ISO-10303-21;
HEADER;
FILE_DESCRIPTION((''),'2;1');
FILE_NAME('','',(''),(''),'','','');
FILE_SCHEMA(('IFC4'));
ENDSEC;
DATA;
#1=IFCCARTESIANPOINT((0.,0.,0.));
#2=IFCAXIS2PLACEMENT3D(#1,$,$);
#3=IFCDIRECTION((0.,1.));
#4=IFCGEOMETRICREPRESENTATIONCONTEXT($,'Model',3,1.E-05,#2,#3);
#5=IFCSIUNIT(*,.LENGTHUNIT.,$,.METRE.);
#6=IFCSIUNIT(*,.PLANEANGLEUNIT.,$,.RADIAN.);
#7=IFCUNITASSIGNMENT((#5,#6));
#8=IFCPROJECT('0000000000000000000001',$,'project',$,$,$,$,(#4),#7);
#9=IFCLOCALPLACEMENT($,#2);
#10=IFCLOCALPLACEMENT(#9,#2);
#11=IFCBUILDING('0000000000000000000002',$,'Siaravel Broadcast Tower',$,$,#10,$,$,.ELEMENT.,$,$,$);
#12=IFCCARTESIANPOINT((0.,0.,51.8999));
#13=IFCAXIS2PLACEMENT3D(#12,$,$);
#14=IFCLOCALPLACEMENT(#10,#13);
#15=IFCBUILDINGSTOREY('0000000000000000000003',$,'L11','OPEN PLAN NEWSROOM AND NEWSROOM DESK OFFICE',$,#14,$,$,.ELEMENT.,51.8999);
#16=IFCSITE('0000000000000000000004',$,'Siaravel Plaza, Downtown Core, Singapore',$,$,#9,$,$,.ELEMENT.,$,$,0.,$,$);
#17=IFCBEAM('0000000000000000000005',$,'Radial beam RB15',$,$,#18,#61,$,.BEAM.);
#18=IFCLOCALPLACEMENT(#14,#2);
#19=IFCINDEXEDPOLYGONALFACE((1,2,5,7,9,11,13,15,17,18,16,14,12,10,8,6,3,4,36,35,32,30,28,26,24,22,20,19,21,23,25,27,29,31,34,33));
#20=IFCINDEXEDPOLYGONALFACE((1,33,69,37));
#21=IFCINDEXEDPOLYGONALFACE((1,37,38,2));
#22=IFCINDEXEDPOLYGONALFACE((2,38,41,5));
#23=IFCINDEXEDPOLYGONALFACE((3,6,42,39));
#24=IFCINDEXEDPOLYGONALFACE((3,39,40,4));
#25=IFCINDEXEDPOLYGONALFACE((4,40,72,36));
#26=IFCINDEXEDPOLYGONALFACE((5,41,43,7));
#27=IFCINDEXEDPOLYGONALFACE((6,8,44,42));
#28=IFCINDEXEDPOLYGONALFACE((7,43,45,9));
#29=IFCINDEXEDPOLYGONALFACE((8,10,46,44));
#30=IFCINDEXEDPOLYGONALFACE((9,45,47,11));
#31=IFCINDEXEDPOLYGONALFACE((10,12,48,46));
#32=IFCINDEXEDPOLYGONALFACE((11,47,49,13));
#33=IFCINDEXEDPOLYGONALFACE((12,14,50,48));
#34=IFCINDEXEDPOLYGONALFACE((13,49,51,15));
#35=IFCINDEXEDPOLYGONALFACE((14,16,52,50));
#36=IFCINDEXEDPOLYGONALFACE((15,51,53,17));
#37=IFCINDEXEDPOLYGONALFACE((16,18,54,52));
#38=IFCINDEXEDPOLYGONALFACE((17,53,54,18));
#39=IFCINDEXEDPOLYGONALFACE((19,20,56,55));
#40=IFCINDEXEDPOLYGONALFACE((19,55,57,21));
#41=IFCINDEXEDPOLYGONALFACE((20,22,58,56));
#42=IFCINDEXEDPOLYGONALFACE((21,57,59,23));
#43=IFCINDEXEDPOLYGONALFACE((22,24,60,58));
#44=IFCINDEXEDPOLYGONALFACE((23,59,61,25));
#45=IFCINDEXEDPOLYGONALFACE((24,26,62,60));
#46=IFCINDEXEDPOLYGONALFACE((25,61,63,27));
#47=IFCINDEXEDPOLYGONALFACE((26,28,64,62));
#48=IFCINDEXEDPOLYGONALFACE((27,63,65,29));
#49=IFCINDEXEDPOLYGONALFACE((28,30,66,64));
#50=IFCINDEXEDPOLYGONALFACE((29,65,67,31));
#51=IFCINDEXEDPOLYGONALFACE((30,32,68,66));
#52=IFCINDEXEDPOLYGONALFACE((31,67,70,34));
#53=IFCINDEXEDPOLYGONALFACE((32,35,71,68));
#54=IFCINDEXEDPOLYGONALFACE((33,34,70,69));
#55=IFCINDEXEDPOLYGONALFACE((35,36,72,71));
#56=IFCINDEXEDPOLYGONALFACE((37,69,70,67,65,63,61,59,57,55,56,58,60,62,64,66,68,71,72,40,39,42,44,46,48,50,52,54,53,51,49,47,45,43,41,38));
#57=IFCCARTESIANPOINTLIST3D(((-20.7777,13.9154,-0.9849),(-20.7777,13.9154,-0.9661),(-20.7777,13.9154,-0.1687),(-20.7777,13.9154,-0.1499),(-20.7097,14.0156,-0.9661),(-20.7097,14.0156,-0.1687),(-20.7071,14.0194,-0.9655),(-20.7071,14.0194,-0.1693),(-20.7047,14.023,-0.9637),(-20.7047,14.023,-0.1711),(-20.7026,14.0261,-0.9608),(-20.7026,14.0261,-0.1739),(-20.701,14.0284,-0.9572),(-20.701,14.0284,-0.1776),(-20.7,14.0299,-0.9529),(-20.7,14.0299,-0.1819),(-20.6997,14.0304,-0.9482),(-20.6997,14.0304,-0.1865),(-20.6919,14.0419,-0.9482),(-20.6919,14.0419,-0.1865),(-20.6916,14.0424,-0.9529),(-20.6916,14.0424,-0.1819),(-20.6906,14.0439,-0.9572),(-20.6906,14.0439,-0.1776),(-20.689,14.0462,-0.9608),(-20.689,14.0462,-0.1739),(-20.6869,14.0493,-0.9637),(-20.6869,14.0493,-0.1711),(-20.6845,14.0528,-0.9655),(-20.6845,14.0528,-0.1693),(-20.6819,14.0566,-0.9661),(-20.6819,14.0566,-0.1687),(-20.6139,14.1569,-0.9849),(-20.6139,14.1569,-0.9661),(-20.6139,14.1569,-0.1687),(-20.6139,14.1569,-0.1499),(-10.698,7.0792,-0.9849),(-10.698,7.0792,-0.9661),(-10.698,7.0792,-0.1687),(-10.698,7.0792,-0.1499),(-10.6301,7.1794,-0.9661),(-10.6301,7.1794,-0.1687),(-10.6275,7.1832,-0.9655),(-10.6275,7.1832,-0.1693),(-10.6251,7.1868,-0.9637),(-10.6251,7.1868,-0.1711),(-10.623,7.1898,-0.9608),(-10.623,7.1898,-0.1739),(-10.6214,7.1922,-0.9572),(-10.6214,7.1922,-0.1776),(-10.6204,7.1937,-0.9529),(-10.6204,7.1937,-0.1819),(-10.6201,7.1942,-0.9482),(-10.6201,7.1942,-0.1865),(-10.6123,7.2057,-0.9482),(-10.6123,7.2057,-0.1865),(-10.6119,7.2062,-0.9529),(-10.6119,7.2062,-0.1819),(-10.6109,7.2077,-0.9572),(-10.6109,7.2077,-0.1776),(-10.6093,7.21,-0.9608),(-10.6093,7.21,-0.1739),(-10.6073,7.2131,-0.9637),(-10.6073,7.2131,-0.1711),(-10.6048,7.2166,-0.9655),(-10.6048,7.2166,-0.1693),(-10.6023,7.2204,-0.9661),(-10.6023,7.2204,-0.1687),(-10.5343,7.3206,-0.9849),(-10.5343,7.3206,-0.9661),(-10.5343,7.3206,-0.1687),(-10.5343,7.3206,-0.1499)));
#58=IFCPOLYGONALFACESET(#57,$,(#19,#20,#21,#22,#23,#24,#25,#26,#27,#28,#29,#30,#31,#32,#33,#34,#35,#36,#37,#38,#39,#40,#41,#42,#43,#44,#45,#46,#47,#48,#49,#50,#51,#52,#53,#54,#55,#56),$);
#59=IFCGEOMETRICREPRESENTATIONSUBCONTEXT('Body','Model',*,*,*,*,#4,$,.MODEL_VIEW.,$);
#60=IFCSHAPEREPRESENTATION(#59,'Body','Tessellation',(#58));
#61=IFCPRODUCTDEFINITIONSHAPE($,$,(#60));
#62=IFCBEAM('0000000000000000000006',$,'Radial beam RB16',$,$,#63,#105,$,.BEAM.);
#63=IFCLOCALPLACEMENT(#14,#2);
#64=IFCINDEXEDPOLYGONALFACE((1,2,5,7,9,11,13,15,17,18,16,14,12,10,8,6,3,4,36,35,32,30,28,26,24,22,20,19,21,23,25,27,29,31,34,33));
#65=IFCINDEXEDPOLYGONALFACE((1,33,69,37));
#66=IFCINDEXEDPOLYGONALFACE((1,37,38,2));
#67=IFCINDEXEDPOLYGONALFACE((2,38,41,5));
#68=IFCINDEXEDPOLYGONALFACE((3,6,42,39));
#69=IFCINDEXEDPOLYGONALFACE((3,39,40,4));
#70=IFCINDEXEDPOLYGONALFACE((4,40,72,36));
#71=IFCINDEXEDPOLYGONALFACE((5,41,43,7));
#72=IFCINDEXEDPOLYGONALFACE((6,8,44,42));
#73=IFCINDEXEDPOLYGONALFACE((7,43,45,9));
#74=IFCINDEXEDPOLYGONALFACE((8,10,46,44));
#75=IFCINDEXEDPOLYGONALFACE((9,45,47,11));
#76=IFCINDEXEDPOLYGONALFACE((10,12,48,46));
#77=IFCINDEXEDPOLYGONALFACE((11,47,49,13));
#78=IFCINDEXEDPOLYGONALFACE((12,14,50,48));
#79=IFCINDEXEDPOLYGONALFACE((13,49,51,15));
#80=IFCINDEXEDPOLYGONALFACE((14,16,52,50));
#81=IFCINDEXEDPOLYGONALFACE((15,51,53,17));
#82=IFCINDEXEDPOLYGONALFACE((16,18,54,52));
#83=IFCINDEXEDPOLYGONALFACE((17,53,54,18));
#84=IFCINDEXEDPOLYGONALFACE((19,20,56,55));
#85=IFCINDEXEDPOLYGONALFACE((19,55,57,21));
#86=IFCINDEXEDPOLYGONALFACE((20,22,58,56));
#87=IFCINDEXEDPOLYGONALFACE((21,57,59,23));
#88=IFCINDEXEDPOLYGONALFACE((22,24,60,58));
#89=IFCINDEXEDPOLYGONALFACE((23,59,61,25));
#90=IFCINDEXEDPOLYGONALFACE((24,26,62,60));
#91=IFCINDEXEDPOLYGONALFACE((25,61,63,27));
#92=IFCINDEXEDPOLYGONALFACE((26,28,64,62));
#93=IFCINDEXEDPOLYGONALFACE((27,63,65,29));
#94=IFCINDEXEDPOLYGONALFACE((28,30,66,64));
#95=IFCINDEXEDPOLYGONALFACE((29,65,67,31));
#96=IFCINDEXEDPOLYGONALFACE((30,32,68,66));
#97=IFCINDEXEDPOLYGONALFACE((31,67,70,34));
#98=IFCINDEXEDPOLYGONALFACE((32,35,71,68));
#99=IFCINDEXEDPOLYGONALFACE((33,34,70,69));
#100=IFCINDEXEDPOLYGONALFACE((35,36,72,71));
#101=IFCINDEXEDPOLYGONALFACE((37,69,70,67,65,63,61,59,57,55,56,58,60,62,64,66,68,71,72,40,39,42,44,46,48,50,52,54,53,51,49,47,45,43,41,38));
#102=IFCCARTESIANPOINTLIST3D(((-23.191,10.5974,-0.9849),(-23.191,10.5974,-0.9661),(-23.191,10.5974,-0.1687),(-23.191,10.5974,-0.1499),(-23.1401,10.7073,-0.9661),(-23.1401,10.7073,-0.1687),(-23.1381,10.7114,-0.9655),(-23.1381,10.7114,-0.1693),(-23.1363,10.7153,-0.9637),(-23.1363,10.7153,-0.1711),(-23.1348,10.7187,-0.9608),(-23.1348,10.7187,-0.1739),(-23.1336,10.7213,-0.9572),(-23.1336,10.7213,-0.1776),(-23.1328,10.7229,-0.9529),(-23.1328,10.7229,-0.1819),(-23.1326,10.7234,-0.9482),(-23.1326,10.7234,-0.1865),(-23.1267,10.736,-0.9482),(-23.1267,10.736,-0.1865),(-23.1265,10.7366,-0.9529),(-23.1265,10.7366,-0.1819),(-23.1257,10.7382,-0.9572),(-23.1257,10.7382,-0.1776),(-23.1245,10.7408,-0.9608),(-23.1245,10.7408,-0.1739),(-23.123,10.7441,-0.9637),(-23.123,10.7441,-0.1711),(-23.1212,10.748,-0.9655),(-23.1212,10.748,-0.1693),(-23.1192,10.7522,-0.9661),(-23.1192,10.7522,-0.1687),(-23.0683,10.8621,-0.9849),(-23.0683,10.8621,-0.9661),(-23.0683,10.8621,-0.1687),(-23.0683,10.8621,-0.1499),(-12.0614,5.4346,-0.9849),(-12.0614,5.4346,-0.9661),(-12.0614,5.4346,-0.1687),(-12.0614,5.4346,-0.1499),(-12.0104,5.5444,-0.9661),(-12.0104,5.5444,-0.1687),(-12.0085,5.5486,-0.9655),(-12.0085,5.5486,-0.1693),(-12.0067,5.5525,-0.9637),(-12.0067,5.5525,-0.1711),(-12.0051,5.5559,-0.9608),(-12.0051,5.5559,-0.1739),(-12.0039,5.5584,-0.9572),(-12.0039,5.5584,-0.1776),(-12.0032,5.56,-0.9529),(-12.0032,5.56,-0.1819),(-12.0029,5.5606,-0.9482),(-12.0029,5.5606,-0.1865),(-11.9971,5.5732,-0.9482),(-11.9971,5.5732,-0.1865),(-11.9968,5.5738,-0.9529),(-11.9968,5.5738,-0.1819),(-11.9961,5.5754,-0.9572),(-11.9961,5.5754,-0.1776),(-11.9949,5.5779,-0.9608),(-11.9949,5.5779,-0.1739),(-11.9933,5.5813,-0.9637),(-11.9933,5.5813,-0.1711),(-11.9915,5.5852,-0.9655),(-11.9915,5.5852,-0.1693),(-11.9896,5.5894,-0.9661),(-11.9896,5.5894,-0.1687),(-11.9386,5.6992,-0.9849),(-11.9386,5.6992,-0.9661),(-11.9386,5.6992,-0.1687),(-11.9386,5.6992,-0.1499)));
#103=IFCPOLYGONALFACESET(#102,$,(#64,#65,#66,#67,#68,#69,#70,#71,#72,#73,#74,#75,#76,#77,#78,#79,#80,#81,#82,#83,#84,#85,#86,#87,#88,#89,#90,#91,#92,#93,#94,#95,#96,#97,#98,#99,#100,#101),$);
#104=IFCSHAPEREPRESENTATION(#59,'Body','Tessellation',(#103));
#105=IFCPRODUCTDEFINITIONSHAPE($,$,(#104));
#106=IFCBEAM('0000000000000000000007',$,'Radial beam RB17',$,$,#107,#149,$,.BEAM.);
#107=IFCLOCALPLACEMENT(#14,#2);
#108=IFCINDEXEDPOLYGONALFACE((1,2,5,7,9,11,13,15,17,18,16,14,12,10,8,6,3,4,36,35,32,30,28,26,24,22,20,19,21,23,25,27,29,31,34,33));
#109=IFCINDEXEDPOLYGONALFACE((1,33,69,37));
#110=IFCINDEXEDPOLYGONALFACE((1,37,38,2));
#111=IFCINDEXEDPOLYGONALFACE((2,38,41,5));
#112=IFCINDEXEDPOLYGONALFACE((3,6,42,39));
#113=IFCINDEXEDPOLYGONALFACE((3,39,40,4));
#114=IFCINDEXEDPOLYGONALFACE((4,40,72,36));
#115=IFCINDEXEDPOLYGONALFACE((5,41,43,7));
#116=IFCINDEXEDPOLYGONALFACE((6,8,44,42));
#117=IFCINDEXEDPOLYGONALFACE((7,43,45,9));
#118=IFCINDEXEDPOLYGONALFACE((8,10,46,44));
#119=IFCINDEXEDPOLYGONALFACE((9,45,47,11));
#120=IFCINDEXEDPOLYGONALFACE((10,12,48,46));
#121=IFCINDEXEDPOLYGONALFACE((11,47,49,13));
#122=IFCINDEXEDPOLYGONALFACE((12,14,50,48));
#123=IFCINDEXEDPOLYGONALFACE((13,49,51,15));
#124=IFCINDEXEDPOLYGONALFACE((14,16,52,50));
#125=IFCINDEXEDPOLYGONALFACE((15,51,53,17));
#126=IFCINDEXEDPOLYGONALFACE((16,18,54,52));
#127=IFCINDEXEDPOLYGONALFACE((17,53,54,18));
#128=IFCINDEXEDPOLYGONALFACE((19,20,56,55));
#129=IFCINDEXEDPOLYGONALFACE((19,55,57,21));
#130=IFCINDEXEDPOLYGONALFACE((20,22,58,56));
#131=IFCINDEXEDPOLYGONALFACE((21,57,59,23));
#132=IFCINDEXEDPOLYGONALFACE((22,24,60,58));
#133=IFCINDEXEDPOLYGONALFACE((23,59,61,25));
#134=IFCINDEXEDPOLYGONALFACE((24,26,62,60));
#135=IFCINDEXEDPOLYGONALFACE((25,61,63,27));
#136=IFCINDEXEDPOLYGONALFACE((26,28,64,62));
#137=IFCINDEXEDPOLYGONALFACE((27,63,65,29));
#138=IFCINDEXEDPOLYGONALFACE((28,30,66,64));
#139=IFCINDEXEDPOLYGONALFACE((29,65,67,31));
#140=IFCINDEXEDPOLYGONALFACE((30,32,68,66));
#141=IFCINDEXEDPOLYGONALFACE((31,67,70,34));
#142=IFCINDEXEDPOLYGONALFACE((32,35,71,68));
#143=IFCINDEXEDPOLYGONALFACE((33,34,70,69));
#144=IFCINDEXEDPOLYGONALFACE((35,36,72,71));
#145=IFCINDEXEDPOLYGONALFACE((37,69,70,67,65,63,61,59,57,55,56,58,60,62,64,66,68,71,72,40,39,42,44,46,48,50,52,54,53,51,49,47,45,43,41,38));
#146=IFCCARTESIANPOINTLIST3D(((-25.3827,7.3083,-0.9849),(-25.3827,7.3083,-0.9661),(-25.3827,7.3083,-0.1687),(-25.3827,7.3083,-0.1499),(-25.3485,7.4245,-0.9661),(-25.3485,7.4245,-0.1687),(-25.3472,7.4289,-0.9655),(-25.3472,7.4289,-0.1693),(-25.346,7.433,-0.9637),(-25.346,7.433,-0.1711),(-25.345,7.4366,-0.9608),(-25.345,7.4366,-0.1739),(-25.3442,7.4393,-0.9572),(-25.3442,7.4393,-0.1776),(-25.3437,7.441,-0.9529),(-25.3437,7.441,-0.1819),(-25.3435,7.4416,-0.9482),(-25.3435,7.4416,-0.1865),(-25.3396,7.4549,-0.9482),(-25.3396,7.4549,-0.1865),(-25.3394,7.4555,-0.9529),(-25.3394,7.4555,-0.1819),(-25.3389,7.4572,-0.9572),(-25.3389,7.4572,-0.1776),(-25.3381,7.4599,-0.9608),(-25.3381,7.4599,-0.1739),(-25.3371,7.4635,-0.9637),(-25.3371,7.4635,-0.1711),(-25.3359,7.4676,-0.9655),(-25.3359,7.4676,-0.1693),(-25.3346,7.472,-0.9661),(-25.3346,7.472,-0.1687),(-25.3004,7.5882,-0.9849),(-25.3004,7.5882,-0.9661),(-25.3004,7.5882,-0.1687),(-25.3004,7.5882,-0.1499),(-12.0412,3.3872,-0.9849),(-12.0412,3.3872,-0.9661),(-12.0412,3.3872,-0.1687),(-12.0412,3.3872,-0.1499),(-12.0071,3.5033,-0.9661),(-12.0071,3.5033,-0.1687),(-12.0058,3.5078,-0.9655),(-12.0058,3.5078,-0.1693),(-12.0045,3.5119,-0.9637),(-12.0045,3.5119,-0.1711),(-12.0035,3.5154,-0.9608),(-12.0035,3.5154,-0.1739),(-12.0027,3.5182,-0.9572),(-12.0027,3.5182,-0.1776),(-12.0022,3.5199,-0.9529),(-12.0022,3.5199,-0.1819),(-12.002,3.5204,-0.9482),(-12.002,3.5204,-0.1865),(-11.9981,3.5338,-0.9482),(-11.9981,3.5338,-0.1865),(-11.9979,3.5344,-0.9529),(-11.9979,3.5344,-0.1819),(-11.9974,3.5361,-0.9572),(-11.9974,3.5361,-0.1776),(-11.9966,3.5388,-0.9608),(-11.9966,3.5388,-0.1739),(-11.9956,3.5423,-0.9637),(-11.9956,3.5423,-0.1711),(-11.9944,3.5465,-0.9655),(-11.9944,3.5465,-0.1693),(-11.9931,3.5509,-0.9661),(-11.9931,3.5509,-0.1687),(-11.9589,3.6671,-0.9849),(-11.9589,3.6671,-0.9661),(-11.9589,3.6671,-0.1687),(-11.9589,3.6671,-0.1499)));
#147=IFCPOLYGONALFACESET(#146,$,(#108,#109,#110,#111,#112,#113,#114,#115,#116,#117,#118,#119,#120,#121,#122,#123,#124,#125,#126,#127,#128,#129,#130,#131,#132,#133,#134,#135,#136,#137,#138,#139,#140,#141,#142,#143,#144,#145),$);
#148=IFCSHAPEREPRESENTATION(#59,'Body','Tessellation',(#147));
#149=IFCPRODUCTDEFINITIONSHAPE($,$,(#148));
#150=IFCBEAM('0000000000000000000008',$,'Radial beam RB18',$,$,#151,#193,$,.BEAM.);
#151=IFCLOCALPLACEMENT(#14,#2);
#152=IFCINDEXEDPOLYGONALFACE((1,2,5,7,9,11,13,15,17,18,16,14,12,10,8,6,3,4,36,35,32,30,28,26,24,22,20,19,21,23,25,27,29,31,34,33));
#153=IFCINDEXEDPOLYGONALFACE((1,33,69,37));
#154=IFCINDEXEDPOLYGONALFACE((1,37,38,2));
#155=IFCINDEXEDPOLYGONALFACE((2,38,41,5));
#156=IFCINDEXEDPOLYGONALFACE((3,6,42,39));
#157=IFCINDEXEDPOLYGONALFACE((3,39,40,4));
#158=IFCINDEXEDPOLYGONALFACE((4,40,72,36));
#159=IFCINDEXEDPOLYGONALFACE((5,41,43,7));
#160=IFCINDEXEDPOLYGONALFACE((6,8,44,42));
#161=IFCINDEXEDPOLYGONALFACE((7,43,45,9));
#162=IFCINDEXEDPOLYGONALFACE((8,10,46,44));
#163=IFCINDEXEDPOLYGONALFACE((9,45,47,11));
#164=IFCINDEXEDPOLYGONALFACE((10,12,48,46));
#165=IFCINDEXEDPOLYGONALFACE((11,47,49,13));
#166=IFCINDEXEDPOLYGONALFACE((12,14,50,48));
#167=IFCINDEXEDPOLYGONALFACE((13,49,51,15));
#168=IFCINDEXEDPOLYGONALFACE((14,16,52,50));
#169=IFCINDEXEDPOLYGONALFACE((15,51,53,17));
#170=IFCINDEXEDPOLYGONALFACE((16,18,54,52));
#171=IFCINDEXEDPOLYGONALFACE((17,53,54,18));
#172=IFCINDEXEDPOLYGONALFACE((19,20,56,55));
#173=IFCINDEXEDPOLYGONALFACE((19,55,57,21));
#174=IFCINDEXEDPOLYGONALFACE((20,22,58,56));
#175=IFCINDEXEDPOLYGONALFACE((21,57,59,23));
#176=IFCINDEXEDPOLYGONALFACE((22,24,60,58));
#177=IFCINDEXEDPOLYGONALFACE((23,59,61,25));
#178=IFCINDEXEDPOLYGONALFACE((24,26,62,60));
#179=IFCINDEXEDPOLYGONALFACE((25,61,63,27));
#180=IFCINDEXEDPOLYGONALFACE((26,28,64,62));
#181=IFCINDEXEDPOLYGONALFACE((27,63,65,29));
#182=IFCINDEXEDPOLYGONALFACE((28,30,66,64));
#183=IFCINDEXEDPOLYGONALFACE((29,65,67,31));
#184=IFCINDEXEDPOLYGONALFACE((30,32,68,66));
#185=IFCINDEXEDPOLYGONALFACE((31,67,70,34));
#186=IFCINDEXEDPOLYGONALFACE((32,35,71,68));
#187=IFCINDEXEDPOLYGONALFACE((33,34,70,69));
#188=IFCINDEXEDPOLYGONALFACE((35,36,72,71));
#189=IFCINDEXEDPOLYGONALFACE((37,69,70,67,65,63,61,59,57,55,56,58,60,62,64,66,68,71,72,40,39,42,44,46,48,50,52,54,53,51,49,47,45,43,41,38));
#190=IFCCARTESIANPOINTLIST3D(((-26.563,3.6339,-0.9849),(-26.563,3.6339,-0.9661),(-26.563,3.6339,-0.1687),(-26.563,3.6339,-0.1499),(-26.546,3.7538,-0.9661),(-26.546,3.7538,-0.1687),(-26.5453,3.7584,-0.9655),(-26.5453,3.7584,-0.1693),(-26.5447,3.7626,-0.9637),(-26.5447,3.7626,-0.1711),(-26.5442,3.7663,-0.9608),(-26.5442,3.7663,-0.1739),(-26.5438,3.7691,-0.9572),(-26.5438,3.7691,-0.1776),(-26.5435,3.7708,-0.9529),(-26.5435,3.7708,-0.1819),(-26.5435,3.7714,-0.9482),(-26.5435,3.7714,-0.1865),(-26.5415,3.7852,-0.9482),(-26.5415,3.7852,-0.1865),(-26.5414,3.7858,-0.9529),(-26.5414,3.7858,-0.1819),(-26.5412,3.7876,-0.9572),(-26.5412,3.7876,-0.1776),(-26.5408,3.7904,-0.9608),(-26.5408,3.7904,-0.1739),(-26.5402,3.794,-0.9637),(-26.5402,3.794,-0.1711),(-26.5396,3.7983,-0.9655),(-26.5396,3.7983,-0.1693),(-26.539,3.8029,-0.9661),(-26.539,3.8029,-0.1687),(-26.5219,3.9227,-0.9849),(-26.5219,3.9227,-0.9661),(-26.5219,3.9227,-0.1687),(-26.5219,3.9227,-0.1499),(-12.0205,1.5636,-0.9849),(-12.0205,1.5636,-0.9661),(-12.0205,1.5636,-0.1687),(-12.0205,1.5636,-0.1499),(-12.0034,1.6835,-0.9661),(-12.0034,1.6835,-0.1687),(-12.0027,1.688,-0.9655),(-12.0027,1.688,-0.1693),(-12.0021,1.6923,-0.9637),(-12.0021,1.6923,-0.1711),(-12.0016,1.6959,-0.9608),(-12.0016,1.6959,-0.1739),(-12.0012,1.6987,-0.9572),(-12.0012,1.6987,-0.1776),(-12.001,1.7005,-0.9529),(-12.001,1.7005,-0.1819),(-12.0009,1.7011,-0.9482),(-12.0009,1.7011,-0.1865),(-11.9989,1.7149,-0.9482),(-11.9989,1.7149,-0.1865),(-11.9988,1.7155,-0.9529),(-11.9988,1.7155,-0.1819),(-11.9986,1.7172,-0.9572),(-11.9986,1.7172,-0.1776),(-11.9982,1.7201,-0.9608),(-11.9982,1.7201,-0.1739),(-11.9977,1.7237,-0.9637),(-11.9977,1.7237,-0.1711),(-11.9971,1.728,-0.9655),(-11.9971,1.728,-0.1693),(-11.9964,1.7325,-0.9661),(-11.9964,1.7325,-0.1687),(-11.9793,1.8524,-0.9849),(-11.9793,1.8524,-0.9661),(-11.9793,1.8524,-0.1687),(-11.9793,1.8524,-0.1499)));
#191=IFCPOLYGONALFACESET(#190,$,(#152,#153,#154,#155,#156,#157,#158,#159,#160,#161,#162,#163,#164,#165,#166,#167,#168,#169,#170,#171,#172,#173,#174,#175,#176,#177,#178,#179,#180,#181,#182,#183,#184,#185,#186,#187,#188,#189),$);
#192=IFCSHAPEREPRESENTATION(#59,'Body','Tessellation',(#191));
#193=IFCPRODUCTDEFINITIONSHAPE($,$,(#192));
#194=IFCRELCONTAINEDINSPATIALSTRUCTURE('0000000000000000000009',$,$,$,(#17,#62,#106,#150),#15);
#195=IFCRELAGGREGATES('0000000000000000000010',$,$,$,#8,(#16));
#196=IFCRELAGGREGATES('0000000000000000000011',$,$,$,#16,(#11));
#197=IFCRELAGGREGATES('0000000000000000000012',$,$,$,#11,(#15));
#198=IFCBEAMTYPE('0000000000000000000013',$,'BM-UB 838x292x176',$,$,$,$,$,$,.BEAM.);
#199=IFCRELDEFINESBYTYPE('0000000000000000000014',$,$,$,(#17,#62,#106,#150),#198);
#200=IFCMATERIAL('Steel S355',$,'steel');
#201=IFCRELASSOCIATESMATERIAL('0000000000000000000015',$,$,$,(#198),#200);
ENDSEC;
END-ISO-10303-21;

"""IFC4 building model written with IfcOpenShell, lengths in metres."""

from ifc_helpers import new_model, si_unit, direction, frame, origin, origin_2d, place, context, subcontext, project, spatial, i_section, extrude, material, material_profile, profile_set, type_object, element, save


model = new_model("IFC4")

# Units and contexts
model_context = context("Model", 3, precision=1e-05, world=origin(), true_north=direction((0.0, 1.0)))
body_context = subcontext(model_context, "Body", "Model", "MODEL_VIEW")
ifc_project = project(units=[si_unit("LENGTHUNIT", "METRE"), si_unit("PLANEANGLEUNIT", "RADIAN")], contexts=[model_context])

# Site, building, storey
site_placement = place(None, origin())
site = spatial("IfcSite", under=ifc_project, at=site_placement, Name="Siaravel Plaza, Downtown Core, Singapore", CompositionType="ELEMENT", RefElevation=0.0)
building_placement = place(site_placement, origin())
building = spatial("IfcBuilding", under=site, at=building_placement, Name="Siaravel Broadcast Tower", CompositionType="ELEMENT")
storey_placement = place(building_placement, frame((0.0, 0.0, 51.8999)))
storey = spatial("IfcBuildingStorey", under=building, at=storey_placement, Name="L11", Description="OPEN PLAN NEWSROOM AND NEWSROOM DESK OFFICE", CompositionType="ELEMENT", Elevation=51.8999)

# Beams
ifc_material_1 = material(Name="Steel S355", Category="steel")
ifc_material_profile_1 = material_profile(ifc_material_1, i_section(OverallWidth=0.2917, OverallDepth=0.835, WebThickness=0.0139, FlangeThickness=0.0188, FilletRadius=0.0178, at=origin_2d()))
ifc_profile_set_1 = profile_set([ifc_material_profile_1], Name="Steel S355")
beam_type = type_object("IfcBeamType", Name="BM-UB 838x292x176", PredefinedType="BEAM", material=ifc_profile_set_1)
beam_1_placement = place(storey_placement, frame((-20.6958, 14.0361, -0.5674), z_axis=(0.827611, -0.561302, 0.0), x_axis=(0.561302, 0.827611, 0.0)))
element("IfcBeam", 1, at=beam_1_placement, inside=storey, type_object=beam_type, Name="Radial beam RB15", PredefinedType="BEAM", context=body_context, shape_type="SweptSolid", body=[
    extrude(i_section(OverallWidth=0.2917, OverallDepth=0.835, WebThickness=0.0139, FlangeThickness=0.0188, FilletRadius=0.0178, at=origin_2d()), origin(), (0.0, 0.0, 1.0), 12.1792),
])
beam_2_placement = place(storey_placement, frame((-23.1296, 10.7297, -0.5674), z_axis=(0.907149, -0.42081, 0.0), x_axis=(0.42081, 0.907149, 0.0)))
element("IfcBeam", 2, at=beam_2_placement, inside=storey, type_object=beam_type, Name="Radial beam RB16", PredefinedType="BEAM", context=body_context, shape_type="SweptSolid", body=[
    extrude(i_section(OverallWidth=0.2917, OverallDepth=0.835, WebThickness=0.0139, FlangeThickness=0.0188, FilletRadius=0.0178, at=origin_2d()), origin(), (0.0, 0.0, 1.0), 12.2688),
])
beam_3_placement = place(storey_placement, frame((-25.3416, 7.4482, -0.5674), z_axis=(0.959421, -0.281978, 0.0), x_axis=(0.281978, 0.959421, 0.0)))
element("IfcBeam", 3, at=beam_3_placement, inside=storey, type_object=beam_type, Name="Radial beam RB17", PredefinedType="BEAM", context=body_context, shape_type="SweptSolid", body=[
    extrude(i_section(OverallWidth=0.2917, OverallDepth=0.835, WebThickness=0.0139, FlangeThickness=0.0188, FilletRadius=0.0178, at=origin_2d()), origin(), (0.0, 0.0, 1.0), 13.9058),
])
beam_4_placement = place(storey_placement, frame((-26.5425, 3.7783, -0.5674), z_axis=(0.990018, -0.140942, 0.0), x_axis=(0.140942, 0.990018, 0.0)))
element("IfcBeam", 4, at=beam_4_placement, inside=storey, type_object=beam_type, Name="Radial beam RB18", PredefinedType="BEAM", context=body_context, shape_type="SweptSolid", body=[
    extrude(i_section(OverallWidth=0.2917, OverallDepth=0.835, WebThickness=0.0139, FlangeThickness=0.0188, FilletRadius=0.0178, at=origin_2d()), origin(), (0.0, 0.0, 1.0), 14.6892),
])

save(model, "model.ifc")
